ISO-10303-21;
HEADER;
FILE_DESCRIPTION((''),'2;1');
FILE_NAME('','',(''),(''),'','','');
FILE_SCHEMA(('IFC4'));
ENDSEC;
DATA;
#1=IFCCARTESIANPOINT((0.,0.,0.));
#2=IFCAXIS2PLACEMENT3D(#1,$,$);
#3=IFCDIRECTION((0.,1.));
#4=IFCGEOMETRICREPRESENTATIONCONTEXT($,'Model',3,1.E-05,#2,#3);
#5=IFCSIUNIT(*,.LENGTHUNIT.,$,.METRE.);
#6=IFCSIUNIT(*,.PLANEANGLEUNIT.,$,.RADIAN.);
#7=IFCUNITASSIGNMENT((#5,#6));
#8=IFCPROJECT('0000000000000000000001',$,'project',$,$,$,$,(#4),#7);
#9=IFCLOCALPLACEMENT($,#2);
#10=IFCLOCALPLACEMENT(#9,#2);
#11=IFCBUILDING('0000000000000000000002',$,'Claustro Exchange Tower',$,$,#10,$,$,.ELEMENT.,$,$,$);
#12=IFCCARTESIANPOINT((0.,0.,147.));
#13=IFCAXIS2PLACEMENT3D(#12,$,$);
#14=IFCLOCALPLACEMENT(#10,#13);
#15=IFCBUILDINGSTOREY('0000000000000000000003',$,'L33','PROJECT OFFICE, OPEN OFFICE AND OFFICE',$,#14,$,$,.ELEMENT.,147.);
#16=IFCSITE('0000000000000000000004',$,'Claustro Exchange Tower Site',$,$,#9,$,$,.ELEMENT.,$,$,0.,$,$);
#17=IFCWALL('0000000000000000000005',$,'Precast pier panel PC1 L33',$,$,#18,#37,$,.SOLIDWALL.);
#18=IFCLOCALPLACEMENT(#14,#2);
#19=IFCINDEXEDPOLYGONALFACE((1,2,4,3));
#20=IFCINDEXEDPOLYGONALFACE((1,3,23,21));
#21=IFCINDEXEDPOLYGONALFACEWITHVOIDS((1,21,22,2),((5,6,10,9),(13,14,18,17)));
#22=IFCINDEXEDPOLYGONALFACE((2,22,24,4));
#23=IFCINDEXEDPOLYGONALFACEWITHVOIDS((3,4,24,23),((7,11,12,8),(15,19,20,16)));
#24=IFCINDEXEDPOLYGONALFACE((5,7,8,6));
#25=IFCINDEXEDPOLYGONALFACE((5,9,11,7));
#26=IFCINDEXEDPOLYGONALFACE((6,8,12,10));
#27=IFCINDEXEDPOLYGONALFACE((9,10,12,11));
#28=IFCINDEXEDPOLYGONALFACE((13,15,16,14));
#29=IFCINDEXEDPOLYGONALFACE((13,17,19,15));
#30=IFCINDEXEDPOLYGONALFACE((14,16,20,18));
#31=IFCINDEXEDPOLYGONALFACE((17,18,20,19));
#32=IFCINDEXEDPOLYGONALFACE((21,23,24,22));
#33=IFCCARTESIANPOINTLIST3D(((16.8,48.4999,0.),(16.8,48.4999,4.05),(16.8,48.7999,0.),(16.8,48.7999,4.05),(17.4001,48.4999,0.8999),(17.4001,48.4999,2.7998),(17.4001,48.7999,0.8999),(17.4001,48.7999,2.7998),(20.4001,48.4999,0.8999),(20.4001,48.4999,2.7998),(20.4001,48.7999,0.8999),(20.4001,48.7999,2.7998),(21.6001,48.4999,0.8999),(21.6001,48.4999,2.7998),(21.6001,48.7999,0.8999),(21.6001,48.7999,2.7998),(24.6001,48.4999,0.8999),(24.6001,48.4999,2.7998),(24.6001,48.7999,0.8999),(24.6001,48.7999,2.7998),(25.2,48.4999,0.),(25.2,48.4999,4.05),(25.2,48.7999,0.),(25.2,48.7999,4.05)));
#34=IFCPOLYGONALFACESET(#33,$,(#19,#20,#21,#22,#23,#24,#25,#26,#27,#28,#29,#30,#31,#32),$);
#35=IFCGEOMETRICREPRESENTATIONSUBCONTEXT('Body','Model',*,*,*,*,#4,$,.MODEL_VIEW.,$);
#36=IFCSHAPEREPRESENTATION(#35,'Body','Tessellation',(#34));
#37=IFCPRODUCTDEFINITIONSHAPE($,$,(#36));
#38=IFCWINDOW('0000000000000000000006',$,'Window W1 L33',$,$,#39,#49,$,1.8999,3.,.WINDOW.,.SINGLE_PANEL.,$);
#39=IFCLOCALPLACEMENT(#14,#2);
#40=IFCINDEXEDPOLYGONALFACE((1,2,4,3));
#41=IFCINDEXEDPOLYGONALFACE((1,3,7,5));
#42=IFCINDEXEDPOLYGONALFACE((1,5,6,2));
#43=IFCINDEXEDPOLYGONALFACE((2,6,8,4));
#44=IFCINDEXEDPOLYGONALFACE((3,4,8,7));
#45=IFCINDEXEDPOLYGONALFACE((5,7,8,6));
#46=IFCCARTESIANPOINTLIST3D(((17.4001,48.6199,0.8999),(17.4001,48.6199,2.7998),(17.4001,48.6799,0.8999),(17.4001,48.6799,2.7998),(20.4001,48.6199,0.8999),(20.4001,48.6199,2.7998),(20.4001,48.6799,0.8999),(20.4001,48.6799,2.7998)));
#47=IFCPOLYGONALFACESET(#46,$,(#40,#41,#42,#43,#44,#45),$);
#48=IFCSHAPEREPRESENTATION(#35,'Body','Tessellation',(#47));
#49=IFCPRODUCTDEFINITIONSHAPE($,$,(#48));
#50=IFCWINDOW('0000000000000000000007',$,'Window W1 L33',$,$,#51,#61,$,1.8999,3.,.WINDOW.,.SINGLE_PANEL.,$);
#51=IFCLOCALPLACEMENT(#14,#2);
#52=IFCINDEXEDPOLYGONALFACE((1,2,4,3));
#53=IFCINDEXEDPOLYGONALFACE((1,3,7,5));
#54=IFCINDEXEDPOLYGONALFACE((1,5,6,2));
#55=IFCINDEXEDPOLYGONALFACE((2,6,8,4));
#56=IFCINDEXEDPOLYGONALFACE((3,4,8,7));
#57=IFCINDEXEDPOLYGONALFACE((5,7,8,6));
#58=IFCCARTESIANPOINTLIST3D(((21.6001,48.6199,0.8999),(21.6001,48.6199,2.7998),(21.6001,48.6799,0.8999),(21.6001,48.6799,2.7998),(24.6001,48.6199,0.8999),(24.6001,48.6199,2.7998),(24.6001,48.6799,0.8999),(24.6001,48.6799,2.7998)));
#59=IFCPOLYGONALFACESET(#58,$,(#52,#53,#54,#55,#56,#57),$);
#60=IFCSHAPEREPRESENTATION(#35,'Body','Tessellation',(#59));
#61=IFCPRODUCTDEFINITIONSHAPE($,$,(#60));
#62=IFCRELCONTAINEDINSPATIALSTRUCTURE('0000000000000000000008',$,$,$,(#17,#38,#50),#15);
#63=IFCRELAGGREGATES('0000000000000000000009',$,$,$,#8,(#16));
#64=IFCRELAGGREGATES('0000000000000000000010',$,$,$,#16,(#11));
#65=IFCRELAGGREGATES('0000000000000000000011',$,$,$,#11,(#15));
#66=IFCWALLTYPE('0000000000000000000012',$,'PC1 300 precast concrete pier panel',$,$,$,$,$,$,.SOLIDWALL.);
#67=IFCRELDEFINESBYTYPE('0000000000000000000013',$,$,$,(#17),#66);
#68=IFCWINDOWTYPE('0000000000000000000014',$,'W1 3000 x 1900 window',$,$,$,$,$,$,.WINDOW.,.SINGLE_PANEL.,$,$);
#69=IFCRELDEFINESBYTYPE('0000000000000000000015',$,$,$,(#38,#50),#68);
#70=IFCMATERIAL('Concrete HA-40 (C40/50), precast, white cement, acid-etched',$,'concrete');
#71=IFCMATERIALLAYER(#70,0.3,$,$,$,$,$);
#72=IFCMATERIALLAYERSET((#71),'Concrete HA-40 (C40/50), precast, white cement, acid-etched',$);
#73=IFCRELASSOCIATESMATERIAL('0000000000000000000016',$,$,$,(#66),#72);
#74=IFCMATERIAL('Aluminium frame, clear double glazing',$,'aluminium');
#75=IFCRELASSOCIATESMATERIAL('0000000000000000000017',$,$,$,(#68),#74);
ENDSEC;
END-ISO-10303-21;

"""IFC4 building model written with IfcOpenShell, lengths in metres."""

from ifc_helpers import new_model, si_unit, direction, frame, frame_2d, origin, place, context, subcontext, project, spatial, rectangle, extrude, material, layer, layer_set, type_object, element, fill, save


model = new_model("IFC4")

# Units and contexts
model_context = context("Model", 3, precision=1e-05, world=origin(), true_north=direction((0.0, 1.0)))
body_context = subcontext(model_context, "Body", "Model", "MODEL_VIEW")
ifc_project = project(units=[si_unit("LENGTHUNIT", "METRE"), si_unit("PLANEANGLEUNIT", "RADIAN")], contexts=[model_context])

# Site, building, storey
site_placement = place(None, origin())
site = spatial("IfcSite", under=ifc_project, at=site_placement, Name="Claustro Exchange Tower Site", CompositionType="ELEMENT", RefElevation=0.0)
building_placement = place(site_placement, origin())
building = spatial("IfcBuilding", under=site, at=building_placement, Name="Claustro Exchange Tower", CompositionType="ELEMENT")
storey_placement = place(building_placement, frame((0.0, 0.0, 147.0)))
storey = spatial("IfcBuildingStorey", under=building, at=storey_placement, Name="L33", Description="PROJECT OFFICE, OPEN OFFICE AND OFFICE", CompositionType="ELEMENT", Elevation=147.0)

# Wall, openings, windows
ifc_material_1 = material(Name="Concrete HA-40 (C40/50), precast, white cement, acid-etched", Category="concrete")
ifc_layer_1 = layer(ifc_material_1, 0.3)
ifc_layer_set_1 = layer_set([ifc_layer_1], Name="Concrete HA-40 (C40/50), precast, white cement, acid-etched")
wall_type_1 = type_object("IfcWallType", Name="PC1 300 precast concrete pier panel", PredefinedType="SOLIDWALL", material=ifc_layer_set_1)
ifc_material_2 = material(Name="Aluminium frame, clear double glazing", Category="aluminium")
window_type = type_object("IfcWindowType", Name="W1 3000 x 1900 window", PartitioningType="SINGLE_PANEL", PredefinedType="WINDOW", material=ifc_material_2)
wall_1_placement = place(storey_placement, frame((16.8, 48.6499, 0.0), z_axis=(0.0, 0.0, 1.0), x_axis=(1.0, 0.0, 0.0)))
wall_1 = element("IfcWall", 1, at=wall_1_placement, inside=storey, type_object=wall_type_1, Name="Precast pier panel PC1 L33", PredefinedType="SOLIDWALL", context=body_context, shape_type="SweptSolid", body=[
    extrude(rectangle(XDim=8.3999, YDim=0.3, at=frame_2d((4.2, 0.0))), origin(), (0.0, 0.0, 1.0), 4.05),
])
opening_1_placement = place(wall_1_placement, frame((0.6001, 0.0, 0.8999)))
opening_1 = element("IfcOpeningElement", 2, at=opening_1_placement, cuts=wall_1, PredefinedType="OPENING", context=body_context, shape_type="SweptSolid", body=[
    extrude(rectangle(XDim=3.0, YDim=1.8999, at=frame_2d((1.5, 0.95))), frame((0.0, 0.1599, 0.0), z_axis=(0.0, -1.0, 0.0), x_axis=(1.0, 0.0, 0.0)), (0.0, 0.0, 1.0), 0.3201),
])
opening_2_placement = place(wall_1_placement, frame((4.8, 0.0, 0.8999)))
opening_2 = element("IfcOpeningElement", 3, at=opening_2_placement, cuts=wall_1, PredefinedType="OPENING", context=body_context, shape_type="SweptSolid", body=[
    extrude(rectangle(XDim=3.0, YDim=1.8999, at=frame_2d((1.5, 0.95))), frame((0.0, 0.1599, 0.0), z_axis=(0.0, -1.0, 0.0), x_axis=(1.0, 0.0, 0.0)), (0.0, 0.0, 1.0), 0.3201),
])
window_1_placement = place(opening_1_placement, origin())
window_1 = element("IfcWindow", 4, at=window_1_placement, inside=storey, type_object=window_type, Name="Window W1 L33", OverallHeight=1.8999, OverallWidth=3.0, PartitioningType="SINGLE_PANEL", PredefinedType="WINDOW", context=body_context, shape_type="SweptSolid", body=[
    extrude(rectangle(XDim=3.0, YDim=1.8999, at=frame_2d((1.5, 0.95))), frame((0.0, 0.03, 0.0), z_axis=(0.0, -1.0, 0.0), x_axis=(1.0, 0.0, 0.0)), (0.0, 0.0, 1.0), 0.0601),
])
fill(opening_1, window_1)
window_2_placement = place(opening_2_placement, origin())
window_2 = element("IfcWindow", 5, at=window_2_placement, inside=storey, type_object=window_type, Name="Window W1 L33", OverallHeight=1.8999, OverallWidth=3.0, PartitioningType="SINGLE_PANEL", PredefinedType="WINDOW", context=body_context, shape_type="SweptSolid", body=[
    extrude(rectangle(XDim=3.0, YDim=1.8999, at=frame_2d((1.5, 0.95))), frame((0.0, 0.03, 0.0), z_axis=(0.0, -1.0, 0.0), x_axis=(1.0, 0.0, 0.0)), (0.0, 0.0, 1.0), 0.0601),
])
fill(opening_2, window_2)

save(model, "model.ifc")
